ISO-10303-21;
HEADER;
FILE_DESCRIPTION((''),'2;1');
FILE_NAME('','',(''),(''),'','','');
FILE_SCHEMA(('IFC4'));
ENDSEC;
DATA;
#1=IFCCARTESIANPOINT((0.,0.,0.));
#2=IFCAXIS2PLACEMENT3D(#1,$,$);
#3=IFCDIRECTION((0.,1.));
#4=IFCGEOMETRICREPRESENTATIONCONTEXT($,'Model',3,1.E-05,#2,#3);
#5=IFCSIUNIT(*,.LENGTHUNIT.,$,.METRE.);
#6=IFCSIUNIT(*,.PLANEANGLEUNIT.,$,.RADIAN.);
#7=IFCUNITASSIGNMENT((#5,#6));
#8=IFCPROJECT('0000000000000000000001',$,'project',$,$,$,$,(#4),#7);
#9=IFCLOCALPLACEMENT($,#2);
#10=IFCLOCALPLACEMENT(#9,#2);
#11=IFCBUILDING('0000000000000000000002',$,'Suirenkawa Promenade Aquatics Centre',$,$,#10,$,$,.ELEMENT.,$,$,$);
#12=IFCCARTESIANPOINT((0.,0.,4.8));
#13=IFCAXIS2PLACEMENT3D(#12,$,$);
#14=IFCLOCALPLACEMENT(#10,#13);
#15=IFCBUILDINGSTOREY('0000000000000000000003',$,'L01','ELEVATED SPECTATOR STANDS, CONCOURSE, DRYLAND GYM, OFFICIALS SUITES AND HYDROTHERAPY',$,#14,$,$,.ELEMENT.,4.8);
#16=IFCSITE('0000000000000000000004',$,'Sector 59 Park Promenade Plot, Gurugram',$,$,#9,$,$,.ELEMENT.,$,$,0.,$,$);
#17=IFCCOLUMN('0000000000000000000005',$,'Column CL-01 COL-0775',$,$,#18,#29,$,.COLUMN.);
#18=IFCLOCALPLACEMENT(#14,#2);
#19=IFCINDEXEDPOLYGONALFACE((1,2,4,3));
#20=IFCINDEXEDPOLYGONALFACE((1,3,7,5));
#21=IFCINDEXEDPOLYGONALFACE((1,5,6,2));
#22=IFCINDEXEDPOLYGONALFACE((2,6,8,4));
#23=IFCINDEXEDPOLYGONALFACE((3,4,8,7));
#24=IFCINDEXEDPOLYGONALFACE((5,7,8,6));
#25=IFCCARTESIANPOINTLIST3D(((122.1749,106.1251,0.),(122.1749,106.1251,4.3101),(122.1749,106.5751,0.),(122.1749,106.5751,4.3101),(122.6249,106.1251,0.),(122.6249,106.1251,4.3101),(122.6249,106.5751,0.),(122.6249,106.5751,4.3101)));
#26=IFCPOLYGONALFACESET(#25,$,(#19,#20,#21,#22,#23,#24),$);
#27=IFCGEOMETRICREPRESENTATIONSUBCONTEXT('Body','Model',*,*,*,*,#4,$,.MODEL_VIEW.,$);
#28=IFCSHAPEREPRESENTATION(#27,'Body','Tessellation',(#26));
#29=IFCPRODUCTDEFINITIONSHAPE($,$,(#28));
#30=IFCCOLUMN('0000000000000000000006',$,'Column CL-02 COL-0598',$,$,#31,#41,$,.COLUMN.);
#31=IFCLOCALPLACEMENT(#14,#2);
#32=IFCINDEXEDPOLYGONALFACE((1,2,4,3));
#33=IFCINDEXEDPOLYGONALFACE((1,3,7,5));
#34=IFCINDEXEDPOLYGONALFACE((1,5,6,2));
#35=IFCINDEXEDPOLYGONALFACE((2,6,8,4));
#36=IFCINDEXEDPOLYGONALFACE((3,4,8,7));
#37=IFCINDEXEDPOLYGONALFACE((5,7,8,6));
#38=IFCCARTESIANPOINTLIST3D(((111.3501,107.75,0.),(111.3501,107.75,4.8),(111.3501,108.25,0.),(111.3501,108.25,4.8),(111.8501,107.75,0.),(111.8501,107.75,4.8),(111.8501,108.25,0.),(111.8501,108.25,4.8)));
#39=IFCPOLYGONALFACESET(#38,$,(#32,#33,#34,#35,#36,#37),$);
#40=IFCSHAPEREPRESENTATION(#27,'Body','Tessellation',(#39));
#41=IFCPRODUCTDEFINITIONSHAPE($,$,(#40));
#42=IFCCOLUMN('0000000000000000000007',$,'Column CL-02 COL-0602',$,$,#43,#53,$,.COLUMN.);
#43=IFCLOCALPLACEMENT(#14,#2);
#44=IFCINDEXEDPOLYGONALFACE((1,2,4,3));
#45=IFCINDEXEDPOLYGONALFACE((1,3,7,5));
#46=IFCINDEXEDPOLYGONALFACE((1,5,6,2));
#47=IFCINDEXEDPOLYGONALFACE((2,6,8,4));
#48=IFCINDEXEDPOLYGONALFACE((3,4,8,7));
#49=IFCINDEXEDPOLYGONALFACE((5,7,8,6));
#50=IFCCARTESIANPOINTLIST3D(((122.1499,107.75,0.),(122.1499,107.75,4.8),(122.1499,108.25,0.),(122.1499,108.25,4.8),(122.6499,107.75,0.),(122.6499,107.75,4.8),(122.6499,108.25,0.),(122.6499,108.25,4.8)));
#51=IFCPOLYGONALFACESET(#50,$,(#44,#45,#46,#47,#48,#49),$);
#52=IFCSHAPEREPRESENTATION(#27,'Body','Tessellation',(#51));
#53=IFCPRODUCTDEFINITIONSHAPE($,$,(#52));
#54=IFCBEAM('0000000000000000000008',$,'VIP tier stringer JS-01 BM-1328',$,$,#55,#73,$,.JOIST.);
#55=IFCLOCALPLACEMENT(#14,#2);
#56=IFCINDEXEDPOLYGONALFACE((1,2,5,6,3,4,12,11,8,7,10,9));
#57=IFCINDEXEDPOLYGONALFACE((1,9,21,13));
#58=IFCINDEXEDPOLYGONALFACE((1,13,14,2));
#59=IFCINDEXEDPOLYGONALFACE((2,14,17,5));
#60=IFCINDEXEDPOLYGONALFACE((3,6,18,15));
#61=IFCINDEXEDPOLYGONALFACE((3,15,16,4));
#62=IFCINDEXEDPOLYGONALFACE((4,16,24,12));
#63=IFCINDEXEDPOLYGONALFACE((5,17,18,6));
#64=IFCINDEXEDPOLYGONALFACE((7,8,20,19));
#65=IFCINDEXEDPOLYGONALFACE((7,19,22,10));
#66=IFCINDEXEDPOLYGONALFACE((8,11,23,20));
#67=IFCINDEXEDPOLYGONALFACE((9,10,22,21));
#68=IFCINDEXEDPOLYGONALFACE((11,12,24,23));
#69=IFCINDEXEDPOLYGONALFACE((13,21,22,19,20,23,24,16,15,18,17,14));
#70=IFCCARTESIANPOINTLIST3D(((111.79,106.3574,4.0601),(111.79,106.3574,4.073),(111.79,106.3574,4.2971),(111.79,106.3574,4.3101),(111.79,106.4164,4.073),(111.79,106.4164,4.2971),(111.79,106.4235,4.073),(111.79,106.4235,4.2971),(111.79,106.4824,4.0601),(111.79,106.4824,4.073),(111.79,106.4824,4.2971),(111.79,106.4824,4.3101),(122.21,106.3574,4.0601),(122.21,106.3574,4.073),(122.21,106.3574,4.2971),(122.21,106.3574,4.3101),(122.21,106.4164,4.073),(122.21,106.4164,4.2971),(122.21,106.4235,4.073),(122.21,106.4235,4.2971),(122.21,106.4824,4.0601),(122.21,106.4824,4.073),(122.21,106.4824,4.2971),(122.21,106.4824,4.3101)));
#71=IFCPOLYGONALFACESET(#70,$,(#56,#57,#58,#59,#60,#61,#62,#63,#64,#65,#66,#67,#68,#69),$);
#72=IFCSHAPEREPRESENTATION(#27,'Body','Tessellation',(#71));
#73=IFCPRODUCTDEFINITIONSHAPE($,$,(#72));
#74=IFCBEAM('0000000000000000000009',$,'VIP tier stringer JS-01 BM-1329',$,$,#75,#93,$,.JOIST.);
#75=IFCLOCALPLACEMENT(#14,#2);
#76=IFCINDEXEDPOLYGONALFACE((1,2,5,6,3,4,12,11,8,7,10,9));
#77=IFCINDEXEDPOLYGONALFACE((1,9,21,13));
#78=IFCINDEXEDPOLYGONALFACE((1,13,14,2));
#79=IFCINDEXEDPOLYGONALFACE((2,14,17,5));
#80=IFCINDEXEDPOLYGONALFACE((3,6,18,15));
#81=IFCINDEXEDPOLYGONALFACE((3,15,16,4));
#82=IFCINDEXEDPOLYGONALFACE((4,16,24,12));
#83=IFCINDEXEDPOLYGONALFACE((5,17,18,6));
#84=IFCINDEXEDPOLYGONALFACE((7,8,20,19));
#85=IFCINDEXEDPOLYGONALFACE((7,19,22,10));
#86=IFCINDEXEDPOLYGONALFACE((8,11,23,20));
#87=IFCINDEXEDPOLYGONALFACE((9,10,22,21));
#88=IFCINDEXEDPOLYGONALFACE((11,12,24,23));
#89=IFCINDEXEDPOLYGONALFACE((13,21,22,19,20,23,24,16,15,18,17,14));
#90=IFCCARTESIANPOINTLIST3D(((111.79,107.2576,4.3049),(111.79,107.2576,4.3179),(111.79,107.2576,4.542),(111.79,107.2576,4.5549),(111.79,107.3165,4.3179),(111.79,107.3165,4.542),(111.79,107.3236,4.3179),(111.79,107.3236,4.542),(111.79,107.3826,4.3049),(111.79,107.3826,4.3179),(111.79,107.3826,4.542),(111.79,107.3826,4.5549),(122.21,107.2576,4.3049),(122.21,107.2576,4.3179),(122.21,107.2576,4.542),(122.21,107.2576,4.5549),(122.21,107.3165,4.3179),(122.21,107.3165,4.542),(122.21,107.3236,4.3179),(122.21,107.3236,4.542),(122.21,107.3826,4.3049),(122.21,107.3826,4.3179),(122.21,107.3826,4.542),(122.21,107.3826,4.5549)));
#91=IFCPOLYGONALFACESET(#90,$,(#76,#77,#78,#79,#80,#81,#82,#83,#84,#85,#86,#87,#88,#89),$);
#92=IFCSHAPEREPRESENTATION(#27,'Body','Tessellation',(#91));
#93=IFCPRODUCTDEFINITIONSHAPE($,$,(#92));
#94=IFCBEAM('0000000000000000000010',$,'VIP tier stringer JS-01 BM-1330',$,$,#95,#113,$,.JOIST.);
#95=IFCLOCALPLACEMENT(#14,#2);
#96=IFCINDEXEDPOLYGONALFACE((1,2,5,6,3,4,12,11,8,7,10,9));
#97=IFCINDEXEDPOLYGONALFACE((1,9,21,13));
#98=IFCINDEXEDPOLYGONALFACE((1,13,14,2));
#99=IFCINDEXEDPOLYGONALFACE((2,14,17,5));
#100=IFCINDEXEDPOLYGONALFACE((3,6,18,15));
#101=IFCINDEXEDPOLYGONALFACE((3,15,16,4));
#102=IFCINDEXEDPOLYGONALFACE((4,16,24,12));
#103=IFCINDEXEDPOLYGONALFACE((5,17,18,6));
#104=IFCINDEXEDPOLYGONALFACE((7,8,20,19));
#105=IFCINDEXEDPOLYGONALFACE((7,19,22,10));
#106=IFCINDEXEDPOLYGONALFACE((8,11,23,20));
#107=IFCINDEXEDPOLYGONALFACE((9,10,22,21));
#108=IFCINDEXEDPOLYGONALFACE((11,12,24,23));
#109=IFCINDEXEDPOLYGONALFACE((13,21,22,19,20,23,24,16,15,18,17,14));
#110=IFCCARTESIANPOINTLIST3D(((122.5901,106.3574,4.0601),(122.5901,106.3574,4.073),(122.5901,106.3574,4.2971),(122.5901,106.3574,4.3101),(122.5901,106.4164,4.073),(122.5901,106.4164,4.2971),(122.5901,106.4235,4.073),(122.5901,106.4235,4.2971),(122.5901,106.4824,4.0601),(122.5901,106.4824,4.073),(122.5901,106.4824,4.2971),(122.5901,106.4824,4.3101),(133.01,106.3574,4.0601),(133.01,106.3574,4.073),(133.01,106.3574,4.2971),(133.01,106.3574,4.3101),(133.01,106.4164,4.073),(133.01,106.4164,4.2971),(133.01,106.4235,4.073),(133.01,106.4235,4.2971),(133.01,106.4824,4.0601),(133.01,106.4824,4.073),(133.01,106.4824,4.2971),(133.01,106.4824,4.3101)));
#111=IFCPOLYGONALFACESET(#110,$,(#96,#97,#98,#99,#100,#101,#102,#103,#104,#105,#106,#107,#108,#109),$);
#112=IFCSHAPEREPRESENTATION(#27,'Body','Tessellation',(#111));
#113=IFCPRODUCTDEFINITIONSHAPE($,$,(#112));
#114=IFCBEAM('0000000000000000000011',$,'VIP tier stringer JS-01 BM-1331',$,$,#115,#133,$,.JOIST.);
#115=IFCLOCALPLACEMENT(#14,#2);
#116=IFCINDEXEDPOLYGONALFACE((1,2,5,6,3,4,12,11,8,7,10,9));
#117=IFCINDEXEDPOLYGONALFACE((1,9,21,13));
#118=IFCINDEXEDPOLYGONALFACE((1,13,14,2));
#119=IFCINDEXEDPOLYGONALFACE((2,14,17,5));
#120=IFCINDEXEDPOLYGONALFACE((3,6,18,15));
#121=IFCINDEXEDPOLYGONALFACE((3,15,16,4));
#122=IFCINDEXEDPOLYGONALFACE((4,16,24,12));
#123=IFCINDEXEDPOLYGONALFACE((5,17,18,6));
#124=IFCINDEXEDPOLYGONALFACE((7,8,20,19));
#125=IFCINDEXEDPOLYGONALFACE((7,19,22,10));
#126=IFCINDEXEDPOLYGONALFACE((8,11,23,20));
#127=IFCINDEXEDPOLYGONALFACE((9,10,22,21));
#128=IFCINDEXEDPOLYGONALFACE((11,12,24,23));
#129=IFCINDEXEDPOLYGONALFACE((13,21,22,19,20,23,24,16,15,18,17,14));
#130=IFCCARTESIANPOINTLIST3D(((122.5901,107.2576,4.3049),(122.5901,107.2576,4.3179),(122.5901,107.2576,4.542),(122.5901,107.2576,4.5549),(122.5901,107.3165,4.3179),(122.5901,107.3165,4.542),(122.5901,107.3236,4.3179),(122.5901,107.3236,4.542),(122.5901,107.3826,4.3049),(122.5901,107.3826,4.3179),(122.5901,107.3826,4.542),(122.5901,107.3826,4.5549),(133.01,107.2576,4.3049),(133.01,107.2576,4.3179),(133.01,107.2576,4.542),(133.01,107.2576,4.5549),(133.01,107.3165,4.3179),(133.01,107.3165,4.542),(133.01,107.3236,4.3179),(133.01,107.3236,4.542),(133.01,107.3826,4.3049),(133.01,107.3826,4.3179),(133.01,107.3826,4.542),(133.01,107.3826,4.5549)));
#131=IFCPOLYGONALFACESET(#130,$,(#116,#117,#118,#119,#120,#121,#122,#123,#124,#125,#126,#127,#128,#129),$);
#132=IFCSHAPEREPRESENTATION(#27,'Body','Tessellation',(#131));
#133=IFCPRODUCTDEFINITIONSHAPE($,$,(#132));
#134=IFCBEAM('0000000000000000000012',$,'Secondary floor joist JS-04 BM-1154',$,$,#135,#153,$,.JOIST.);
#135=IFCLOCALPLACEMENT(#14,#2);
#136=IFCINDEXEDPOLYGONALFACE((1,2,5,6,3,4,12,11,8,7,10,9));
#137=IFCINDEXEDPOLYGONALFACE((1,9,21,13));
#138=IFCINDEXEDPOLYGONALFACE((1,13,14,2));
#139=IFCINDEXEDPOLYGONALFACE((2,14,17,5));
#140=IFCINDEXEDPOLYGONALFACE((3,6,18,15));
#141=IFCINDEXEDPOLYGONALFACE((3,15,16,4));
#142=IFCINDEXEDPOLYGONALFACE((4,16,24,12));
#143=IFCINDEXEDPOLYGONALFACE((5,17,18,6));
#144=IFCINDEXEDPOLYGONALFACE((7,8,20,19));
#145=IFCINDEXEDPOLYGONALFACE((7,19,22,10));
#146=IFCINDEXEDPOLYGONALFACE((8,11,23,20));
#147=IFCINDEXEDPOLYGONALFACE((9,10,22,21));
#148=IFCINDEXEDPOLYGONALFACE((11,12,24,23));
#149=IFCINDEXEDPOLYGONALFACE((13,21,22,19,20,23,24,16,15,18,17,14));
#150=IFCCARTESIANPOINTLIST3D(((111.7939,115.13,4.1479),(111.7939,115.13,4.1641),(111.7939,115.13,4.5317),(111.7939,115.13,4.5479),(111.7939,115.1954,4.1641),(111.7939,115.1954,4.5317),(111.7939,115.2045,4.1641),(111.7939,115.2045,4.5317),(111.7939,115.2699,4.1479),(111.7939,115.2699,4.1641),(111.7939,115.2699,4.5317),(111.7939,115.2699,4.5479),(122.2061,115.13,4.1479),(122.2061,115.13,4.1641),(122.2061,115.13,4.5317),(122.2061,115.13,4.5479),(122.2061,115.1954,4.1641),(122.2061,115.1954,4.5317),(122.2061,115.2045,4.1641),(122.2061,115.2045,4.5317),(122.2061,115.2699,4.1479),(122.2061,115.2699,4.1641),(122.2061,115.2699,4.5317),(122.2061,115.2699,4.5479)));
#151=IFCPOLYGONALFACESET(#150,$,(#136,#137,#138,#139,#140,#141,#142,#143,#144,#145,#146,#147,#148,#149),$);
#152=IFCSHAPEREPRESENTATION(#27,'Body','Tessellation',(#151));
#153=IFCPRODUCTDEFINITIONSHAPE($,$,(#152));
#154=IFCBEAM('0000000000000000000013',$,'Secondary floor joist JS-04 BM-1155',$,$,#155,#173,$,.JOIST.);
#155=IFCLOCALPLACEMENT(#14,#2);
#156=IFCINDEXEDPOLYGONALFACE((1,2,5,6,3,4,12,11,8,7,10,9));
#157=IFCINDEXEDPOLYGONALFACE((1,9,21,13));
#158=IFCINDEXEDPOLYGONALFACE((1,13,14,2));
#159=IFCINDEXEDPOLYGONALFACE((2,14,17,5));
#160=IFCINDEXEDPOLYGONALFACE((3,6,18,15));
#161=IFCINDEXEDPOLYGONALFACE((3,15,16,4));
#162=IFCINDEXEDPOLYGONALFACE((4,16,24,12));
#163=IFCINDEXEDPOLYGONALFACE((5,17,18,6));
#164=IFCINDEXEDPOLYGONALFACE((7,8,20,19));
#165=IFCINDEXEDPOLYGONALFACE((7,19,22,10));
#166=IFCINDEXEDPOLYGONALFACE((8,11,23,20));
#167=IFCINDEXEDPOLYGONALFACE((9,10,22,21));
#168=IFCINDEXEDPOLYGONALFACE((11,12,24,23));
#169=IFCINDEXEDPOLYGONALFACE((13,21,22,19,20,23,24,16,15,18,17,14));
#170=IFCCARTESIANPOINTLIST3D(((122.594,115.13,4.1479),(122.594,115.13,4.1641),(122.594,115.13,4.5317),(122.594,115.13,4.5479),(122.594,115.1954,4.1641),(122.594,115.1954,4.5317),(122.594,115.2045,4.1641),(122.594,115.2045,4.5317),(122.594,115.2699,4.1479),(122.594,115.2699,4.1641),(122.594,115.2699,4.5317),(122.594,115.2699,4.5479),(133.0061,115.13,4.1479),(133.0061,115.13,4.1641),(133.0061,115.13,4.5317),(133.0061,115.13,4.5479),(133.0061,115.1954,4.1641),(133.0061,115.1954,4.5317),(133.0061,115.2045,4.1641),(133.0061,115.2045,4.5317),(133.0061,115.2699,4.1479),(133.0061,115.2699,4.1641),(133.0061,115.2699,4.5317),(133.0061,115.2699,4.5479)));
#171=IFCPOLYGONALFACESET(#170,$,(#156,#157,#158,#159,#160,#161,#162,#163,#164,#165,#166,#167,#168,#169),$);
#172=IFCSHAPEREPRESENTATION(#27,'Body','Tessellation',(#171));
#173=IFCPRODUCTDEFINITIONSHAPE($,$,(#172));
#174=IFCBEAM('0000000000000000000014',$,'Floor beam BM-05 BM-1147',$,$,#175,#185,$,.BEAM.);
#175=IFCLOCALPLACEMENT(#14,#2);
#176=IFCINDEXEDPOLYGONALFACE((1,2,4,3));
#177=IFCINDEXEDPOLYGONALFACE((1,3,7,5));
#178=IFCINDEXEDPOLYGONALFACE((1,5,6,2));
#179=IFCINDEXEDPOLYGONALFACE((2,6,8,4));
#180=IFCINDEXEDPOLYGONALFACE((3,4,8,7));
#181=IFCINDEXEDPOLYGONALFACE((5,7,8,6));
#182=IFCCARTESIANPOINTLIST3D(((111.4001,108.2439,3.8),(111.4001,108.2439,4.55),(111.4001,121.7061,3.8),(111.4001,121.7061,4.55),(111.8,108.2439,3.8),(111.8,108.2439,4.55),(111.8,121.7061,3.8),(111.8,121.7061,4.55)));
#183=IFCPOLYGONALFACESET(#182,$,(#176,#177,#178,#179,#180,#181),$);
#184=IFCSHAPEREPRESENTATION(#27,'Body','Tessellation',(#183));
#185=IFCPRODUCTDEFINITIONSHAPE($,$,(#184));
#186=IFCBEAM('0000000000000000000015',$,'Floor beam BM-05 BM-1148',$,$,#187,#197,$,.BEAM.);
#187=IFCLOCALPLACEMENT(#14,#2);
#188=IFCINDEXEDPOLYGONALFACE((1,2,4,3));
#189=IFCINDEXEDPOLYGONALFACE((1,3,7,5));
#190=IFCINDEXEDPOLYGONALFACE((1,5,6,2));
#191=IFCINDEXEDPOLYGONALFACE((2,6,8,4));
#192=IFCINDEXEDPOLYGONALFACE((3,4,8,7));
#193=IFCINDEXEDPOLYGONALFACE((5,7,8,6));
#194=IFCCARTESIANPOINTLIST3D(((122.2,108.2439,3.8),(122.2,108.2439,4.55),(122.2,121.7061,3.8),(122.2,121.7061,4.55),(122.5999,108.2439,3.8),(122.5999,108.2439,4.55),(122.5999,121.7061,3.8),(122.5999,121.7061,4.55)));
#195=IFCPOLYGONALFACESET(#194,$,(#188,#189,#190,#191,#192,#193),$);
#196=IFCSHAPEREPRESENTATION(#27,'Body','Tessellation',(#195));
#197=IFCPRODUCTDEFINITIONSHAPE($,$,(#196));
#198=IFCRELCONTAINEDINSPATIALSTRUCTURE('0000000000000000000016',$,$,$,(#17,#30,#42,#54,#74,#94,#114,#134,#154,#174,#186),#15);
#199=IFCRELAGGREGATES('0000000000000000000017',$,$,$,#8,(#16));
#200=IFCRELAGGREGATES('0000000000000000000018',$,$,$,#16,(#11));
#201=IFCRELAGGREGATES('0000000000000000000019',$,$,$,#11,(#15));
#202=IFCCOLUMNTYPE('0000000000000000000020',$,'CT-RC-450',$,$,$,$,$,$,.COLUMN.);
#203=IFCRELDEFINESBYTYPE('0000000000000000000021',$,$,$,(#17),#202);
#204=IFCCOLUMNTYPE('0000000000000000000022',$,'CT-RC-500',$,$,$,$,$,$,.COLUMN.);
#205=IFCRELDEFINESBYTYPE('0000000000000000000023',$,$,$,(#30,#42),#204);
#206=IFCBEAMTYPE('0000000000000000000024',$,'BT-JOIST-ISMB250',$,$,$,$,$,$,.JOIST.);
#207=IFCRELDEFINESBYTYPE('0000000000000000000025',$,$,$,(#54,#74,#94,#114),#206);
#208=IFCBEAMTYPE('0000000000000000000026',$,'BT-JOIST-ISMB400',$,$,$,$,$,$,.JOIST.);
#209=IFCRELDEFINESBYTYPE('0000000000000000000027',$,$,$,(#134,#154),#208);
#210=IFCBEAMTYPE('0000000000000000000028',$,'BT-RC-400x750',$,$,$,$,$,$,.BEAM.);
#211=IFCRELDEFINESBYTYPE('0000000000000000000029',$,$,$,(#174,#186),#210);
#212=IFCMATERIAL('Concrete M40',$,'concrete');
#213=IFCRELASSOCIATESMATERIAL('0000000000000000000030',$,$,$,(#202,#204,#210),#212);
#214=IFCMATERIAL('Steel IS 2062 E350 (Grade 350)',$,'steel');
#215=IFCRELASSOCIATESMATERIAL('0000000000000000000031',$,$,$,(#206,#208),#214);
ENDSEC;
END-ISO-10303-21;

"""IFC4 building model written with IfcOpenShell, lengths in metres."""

from ifc_helpers import new_model, si_unit, direction, frame, origin, origin_2d, place, context, subcontext, project, spatial, rectangle, i_section, extrude, material, material_profile, profile_set, type_object, element, save


model = new_model("IFC4")

# Units and contexts
model_context = context("Model", 3, precision=1e-05, world=origin(), true_north=direction((0.0, 1.0)))
body_context = subcontext(model_context, "Body", "Model", "MODEL_VIEW")
ifc_project = project(units=[si_unit("LENGTHUNIT", "METRE"), si_unit("PLANEANGLEUNIT", "RADIAN")], contexts=[model_context])

# Site, building, storey
site_placement = place(None, origin())
site = spatial("IfcSite", under=ifc_project, at=site_placement, Name="Sector 59 Park Promenade Plot, Gurugram", CompositionType="ELEMENT", RefElevation=0.0)
building_placement = place(site_placement, origin())
building = spatial("IfcBuilding", under=site, at=building_placement, Name="Suirenkawa Promenade Aquatics Centre", CompositionType="ELEMENT")
storey_placement = place(building_placement, frame((0.0, 0.0, 4.8)))
storey = spatial("IfcBuildingStorey", under=building, at=storey_placement, Name="L01", Description="ELEVATED SPECTATOR STANDS, CONCOURSE, DRYLAND GYM, OFFICIALS SUITES AND HYDROTHERAPY", CompositionType="ELEMENT", Elevation=4.8)

# Columns
ifc_material_1 = material(Name="Concrete M40", Category="concrete")
ifc_material_profile_1 = material_profile(ifc_material_1, rectangle(XDim=0.45, YDim=0.45, at=origin_2d()), Name="RC COL 450x450", Category="concrete")
ifc_profile_set_1 = profile_set([ifc_material_profile_1], Name="Concrete M40")
column_type_1 = type_object("IfcColumnType", Name="CT-RC-450", PredefinedType="COLUMN", material=ifc_profile_set_1)
column_placement = place(storey_placement, frame((122.3999, 106.3501, 0.0), z_axis=(0.0, 0.0, 1.0), x_axis=(1.0, 0.0, 0.0)))
element("IfcColumn", 1, at=column_placement, inside=storey, type_object=column_type_1, Name="Column CL-01 COL-0775", PredefinedType="COLUMN", context=body_context, shape_type="SweptSolid", body=[
    extrude(rectangle(XDim=0.45, YDim=0.45, at=origin_2d()), origin(), (0.0, 0.0, 1.0), 4.3101),
])
ifc_material_profile_2 = material_profile(ifc_material_1, rectangle(XDim=0.5, YDim=0.5, at=origin_2d()), Name="RC COL 500x500", Category="concrete")
ifc_profile_set_2 = profile_set([ifc_material_profile_2], Name="Concrete M40")
column_type_2 = type_object("IfcColumnType", Name="CT-RC-500", PredefinedType="COLUMN", material=ifc_profile_set_2)
for number, where, z_axis, x_axis, name in (
    (2, (111.6001, 108.0, 0.0), (0.0, 0.0, 1.0), (1.0, 0.0, 0.0), "Column CL-02 COL-0598"),
    (3, (122.3999, 108.0, 0.0), (0.0, 0.0, 1.0), (1.0, 0.0, 0.0), "Column CL-02 COL-0602"),
):
    element("IfcColumn", number, at=place(storey_placement, frame(where, z_axis=z_axis, x_axis=x_axis)), inside=storey, type_object=column_type_2, Name=name, PredefinedType="COLUMN", context=body_context, shape_type="SweptSolid", body=[
        extrude(rectangle(XDim=0.5, YDim=0.5, at=origin_2d()), origin(), (0.0, 0.0, 1.0), 4.8),
    ])

# Beams
ifc_material_2 = material(Name="Steel IS 2062 E350 (Grade 350)", Category="steel")
ifc_material_profile_3 = material_profile(ifc_material_2, i_section(OverallWidth=0.125, OverallDepth=0.25, WebThickness=0.0071, FlangeThickness=0.0129, at=origin_2d()), Name="ISMB 250", Category="steel")
ifc_profile_set_3 = profile_set([ifc_material_profile_3], Name="Steel IS 2062 E350 (Grade 350)")
beam_type_1 = type_object("IfcBeamType", Name="BT-JOIST-ISMB250", PredefinedType="JOIST", material=ifc_profile_set_3)
for number, where, z_axis, x_axis, name in (
    (4, (111.79, 106.4199, 4.1851), (1.0, 0.0, 0.0), (0.0, 1.0, 0.0), "VIP tier stringer JS-01 BM-1328"),
    (5, (111.79, 107.3201, 4.4299), (1.0, 0.0, 0.0), (0.0, 1.0, 0.0), "VIP tier stringer JS-01 BM-1329"),
    (6, (122.5901, 106.4199, 4.1851), (1.0, 0.0, 0.0), (0.0, 1.0, 0.0), "VIP tier stringer JS-01 BM-1330"),
    (7, (122.5901, 107.3201, 4.4299), (1.0, 0.0, 0.0), (0.0, 1.0, 0.0), "VIP tier stringer JS-01 BM-1331"),
):
    element("IfcBeam", number, at=place(storey_placement, frame(where, z_axis=z_axis, x_axis=x_axis)), inside=storey, type_object=beam_type_1, Name=name, PredefinedType="JOIST", context=body_context, shape_type="SweptSolid", body=[
        extrude(i_section(OverallWidth=0.125, OverallDepth=0.25, WebThickness=0.0071, FlangeThickness=0.0129, at=origin_2d()), origin(), (0.0, 0.0, 1.0), 10.4199),
    ])
ifc_material_profile_4 = material_profile(ifc_material_2, i_section(OverallWidth=0.1399, OverallDepth=0.3999, WebThickness=0.009, FlangeThickness=0.0161, at=origin_2d()), Name="ISMB 400", Category="steel")
ifc_profile_set_4 = profile_set([ifc_material_profile_4], Name="Steel IS 2062 E350 (Grade 350)")
beam_type_2 = type_object("IfcBeamType", Name="BT-JOIST-ISMB400", PredefinedType="JOIST", material=ifc_profile_set_4)
for number, where, z_axis, x_axis, name in (
    (8, (111.7939, 115.2, 4.3479), (1.0, 0.0, 0.0), (0.0, 1.0, 0.0), "Secondary floor joist JS-04 BM-1154"),
    (9, (122.594, 115.2, 4.3479), (1.0, 0.0, 0.0), (0.0, 1.0, 0.0), "Secondary floor joist JS-04 BM-1155"),
):
    element("IfcBeam", number, at=place(storey_placement, frame(where, z_axis=z_axis, x_axis=x_axis)), inside=storey, type_object=beam_type_2, Name=name, PredefinedType="JOIST", context=body_context, shape_type="SweptSolid", body=[
        extrude(i_section(OverallWidth=0.1399, OverallDepth=0.3999, WebThickness=0.009, FlangeThickness=0.0161, at=origin_2d()), origin(), (0.0, 0.0, 1.0), 10.4121),
    ])
ifc_material_profile_5 = material_profile(ifc_material_1, rectangle(XDim=0.3999, YDim=0.75, at=origin_2d()), Name="RC BM 400x750", Category="concrete")
ifc_profile_set_5 = profile_set([ifc_material_profile_5], Name="Concrete M40")
beam_type_3 = type_object("IfcBeamType", Name="BT-RC-400x750", PredefinedType="BEAM", material=ifc_profile_set_5)
for number, where, z_axis, x_axis, name in (
    (10, (111.6001, 108.2439, 4.175), (0.0, 1.0, 0.0), (-1.0, 0.0, 0.0), "Floor beam BM-05 BM-1147"),
    (11, (122.3999, 108.2439, 4.175), (0.0, 1.0, 0.0), (-1.0, 0.0, 0.0), "Floor beam BM-05 BM-1148"),
):
    element("IfcBeam", number, at=place(storey_placement, frame(where, z_axis=z_axis, x_axis=x_axis)), inside=storey, type_object=beam_type_3, Name=name, PredefinedType="BEAM", context=body_context, shape_type="SweptSolid", body=[
        extrude(rectangle(XDim=0.3999, YDim=0.75, at=origin_2d()), origin(), (0.0, 0.0, 1.0), 13.4622),
    ])

save(model, "model.ifc")
